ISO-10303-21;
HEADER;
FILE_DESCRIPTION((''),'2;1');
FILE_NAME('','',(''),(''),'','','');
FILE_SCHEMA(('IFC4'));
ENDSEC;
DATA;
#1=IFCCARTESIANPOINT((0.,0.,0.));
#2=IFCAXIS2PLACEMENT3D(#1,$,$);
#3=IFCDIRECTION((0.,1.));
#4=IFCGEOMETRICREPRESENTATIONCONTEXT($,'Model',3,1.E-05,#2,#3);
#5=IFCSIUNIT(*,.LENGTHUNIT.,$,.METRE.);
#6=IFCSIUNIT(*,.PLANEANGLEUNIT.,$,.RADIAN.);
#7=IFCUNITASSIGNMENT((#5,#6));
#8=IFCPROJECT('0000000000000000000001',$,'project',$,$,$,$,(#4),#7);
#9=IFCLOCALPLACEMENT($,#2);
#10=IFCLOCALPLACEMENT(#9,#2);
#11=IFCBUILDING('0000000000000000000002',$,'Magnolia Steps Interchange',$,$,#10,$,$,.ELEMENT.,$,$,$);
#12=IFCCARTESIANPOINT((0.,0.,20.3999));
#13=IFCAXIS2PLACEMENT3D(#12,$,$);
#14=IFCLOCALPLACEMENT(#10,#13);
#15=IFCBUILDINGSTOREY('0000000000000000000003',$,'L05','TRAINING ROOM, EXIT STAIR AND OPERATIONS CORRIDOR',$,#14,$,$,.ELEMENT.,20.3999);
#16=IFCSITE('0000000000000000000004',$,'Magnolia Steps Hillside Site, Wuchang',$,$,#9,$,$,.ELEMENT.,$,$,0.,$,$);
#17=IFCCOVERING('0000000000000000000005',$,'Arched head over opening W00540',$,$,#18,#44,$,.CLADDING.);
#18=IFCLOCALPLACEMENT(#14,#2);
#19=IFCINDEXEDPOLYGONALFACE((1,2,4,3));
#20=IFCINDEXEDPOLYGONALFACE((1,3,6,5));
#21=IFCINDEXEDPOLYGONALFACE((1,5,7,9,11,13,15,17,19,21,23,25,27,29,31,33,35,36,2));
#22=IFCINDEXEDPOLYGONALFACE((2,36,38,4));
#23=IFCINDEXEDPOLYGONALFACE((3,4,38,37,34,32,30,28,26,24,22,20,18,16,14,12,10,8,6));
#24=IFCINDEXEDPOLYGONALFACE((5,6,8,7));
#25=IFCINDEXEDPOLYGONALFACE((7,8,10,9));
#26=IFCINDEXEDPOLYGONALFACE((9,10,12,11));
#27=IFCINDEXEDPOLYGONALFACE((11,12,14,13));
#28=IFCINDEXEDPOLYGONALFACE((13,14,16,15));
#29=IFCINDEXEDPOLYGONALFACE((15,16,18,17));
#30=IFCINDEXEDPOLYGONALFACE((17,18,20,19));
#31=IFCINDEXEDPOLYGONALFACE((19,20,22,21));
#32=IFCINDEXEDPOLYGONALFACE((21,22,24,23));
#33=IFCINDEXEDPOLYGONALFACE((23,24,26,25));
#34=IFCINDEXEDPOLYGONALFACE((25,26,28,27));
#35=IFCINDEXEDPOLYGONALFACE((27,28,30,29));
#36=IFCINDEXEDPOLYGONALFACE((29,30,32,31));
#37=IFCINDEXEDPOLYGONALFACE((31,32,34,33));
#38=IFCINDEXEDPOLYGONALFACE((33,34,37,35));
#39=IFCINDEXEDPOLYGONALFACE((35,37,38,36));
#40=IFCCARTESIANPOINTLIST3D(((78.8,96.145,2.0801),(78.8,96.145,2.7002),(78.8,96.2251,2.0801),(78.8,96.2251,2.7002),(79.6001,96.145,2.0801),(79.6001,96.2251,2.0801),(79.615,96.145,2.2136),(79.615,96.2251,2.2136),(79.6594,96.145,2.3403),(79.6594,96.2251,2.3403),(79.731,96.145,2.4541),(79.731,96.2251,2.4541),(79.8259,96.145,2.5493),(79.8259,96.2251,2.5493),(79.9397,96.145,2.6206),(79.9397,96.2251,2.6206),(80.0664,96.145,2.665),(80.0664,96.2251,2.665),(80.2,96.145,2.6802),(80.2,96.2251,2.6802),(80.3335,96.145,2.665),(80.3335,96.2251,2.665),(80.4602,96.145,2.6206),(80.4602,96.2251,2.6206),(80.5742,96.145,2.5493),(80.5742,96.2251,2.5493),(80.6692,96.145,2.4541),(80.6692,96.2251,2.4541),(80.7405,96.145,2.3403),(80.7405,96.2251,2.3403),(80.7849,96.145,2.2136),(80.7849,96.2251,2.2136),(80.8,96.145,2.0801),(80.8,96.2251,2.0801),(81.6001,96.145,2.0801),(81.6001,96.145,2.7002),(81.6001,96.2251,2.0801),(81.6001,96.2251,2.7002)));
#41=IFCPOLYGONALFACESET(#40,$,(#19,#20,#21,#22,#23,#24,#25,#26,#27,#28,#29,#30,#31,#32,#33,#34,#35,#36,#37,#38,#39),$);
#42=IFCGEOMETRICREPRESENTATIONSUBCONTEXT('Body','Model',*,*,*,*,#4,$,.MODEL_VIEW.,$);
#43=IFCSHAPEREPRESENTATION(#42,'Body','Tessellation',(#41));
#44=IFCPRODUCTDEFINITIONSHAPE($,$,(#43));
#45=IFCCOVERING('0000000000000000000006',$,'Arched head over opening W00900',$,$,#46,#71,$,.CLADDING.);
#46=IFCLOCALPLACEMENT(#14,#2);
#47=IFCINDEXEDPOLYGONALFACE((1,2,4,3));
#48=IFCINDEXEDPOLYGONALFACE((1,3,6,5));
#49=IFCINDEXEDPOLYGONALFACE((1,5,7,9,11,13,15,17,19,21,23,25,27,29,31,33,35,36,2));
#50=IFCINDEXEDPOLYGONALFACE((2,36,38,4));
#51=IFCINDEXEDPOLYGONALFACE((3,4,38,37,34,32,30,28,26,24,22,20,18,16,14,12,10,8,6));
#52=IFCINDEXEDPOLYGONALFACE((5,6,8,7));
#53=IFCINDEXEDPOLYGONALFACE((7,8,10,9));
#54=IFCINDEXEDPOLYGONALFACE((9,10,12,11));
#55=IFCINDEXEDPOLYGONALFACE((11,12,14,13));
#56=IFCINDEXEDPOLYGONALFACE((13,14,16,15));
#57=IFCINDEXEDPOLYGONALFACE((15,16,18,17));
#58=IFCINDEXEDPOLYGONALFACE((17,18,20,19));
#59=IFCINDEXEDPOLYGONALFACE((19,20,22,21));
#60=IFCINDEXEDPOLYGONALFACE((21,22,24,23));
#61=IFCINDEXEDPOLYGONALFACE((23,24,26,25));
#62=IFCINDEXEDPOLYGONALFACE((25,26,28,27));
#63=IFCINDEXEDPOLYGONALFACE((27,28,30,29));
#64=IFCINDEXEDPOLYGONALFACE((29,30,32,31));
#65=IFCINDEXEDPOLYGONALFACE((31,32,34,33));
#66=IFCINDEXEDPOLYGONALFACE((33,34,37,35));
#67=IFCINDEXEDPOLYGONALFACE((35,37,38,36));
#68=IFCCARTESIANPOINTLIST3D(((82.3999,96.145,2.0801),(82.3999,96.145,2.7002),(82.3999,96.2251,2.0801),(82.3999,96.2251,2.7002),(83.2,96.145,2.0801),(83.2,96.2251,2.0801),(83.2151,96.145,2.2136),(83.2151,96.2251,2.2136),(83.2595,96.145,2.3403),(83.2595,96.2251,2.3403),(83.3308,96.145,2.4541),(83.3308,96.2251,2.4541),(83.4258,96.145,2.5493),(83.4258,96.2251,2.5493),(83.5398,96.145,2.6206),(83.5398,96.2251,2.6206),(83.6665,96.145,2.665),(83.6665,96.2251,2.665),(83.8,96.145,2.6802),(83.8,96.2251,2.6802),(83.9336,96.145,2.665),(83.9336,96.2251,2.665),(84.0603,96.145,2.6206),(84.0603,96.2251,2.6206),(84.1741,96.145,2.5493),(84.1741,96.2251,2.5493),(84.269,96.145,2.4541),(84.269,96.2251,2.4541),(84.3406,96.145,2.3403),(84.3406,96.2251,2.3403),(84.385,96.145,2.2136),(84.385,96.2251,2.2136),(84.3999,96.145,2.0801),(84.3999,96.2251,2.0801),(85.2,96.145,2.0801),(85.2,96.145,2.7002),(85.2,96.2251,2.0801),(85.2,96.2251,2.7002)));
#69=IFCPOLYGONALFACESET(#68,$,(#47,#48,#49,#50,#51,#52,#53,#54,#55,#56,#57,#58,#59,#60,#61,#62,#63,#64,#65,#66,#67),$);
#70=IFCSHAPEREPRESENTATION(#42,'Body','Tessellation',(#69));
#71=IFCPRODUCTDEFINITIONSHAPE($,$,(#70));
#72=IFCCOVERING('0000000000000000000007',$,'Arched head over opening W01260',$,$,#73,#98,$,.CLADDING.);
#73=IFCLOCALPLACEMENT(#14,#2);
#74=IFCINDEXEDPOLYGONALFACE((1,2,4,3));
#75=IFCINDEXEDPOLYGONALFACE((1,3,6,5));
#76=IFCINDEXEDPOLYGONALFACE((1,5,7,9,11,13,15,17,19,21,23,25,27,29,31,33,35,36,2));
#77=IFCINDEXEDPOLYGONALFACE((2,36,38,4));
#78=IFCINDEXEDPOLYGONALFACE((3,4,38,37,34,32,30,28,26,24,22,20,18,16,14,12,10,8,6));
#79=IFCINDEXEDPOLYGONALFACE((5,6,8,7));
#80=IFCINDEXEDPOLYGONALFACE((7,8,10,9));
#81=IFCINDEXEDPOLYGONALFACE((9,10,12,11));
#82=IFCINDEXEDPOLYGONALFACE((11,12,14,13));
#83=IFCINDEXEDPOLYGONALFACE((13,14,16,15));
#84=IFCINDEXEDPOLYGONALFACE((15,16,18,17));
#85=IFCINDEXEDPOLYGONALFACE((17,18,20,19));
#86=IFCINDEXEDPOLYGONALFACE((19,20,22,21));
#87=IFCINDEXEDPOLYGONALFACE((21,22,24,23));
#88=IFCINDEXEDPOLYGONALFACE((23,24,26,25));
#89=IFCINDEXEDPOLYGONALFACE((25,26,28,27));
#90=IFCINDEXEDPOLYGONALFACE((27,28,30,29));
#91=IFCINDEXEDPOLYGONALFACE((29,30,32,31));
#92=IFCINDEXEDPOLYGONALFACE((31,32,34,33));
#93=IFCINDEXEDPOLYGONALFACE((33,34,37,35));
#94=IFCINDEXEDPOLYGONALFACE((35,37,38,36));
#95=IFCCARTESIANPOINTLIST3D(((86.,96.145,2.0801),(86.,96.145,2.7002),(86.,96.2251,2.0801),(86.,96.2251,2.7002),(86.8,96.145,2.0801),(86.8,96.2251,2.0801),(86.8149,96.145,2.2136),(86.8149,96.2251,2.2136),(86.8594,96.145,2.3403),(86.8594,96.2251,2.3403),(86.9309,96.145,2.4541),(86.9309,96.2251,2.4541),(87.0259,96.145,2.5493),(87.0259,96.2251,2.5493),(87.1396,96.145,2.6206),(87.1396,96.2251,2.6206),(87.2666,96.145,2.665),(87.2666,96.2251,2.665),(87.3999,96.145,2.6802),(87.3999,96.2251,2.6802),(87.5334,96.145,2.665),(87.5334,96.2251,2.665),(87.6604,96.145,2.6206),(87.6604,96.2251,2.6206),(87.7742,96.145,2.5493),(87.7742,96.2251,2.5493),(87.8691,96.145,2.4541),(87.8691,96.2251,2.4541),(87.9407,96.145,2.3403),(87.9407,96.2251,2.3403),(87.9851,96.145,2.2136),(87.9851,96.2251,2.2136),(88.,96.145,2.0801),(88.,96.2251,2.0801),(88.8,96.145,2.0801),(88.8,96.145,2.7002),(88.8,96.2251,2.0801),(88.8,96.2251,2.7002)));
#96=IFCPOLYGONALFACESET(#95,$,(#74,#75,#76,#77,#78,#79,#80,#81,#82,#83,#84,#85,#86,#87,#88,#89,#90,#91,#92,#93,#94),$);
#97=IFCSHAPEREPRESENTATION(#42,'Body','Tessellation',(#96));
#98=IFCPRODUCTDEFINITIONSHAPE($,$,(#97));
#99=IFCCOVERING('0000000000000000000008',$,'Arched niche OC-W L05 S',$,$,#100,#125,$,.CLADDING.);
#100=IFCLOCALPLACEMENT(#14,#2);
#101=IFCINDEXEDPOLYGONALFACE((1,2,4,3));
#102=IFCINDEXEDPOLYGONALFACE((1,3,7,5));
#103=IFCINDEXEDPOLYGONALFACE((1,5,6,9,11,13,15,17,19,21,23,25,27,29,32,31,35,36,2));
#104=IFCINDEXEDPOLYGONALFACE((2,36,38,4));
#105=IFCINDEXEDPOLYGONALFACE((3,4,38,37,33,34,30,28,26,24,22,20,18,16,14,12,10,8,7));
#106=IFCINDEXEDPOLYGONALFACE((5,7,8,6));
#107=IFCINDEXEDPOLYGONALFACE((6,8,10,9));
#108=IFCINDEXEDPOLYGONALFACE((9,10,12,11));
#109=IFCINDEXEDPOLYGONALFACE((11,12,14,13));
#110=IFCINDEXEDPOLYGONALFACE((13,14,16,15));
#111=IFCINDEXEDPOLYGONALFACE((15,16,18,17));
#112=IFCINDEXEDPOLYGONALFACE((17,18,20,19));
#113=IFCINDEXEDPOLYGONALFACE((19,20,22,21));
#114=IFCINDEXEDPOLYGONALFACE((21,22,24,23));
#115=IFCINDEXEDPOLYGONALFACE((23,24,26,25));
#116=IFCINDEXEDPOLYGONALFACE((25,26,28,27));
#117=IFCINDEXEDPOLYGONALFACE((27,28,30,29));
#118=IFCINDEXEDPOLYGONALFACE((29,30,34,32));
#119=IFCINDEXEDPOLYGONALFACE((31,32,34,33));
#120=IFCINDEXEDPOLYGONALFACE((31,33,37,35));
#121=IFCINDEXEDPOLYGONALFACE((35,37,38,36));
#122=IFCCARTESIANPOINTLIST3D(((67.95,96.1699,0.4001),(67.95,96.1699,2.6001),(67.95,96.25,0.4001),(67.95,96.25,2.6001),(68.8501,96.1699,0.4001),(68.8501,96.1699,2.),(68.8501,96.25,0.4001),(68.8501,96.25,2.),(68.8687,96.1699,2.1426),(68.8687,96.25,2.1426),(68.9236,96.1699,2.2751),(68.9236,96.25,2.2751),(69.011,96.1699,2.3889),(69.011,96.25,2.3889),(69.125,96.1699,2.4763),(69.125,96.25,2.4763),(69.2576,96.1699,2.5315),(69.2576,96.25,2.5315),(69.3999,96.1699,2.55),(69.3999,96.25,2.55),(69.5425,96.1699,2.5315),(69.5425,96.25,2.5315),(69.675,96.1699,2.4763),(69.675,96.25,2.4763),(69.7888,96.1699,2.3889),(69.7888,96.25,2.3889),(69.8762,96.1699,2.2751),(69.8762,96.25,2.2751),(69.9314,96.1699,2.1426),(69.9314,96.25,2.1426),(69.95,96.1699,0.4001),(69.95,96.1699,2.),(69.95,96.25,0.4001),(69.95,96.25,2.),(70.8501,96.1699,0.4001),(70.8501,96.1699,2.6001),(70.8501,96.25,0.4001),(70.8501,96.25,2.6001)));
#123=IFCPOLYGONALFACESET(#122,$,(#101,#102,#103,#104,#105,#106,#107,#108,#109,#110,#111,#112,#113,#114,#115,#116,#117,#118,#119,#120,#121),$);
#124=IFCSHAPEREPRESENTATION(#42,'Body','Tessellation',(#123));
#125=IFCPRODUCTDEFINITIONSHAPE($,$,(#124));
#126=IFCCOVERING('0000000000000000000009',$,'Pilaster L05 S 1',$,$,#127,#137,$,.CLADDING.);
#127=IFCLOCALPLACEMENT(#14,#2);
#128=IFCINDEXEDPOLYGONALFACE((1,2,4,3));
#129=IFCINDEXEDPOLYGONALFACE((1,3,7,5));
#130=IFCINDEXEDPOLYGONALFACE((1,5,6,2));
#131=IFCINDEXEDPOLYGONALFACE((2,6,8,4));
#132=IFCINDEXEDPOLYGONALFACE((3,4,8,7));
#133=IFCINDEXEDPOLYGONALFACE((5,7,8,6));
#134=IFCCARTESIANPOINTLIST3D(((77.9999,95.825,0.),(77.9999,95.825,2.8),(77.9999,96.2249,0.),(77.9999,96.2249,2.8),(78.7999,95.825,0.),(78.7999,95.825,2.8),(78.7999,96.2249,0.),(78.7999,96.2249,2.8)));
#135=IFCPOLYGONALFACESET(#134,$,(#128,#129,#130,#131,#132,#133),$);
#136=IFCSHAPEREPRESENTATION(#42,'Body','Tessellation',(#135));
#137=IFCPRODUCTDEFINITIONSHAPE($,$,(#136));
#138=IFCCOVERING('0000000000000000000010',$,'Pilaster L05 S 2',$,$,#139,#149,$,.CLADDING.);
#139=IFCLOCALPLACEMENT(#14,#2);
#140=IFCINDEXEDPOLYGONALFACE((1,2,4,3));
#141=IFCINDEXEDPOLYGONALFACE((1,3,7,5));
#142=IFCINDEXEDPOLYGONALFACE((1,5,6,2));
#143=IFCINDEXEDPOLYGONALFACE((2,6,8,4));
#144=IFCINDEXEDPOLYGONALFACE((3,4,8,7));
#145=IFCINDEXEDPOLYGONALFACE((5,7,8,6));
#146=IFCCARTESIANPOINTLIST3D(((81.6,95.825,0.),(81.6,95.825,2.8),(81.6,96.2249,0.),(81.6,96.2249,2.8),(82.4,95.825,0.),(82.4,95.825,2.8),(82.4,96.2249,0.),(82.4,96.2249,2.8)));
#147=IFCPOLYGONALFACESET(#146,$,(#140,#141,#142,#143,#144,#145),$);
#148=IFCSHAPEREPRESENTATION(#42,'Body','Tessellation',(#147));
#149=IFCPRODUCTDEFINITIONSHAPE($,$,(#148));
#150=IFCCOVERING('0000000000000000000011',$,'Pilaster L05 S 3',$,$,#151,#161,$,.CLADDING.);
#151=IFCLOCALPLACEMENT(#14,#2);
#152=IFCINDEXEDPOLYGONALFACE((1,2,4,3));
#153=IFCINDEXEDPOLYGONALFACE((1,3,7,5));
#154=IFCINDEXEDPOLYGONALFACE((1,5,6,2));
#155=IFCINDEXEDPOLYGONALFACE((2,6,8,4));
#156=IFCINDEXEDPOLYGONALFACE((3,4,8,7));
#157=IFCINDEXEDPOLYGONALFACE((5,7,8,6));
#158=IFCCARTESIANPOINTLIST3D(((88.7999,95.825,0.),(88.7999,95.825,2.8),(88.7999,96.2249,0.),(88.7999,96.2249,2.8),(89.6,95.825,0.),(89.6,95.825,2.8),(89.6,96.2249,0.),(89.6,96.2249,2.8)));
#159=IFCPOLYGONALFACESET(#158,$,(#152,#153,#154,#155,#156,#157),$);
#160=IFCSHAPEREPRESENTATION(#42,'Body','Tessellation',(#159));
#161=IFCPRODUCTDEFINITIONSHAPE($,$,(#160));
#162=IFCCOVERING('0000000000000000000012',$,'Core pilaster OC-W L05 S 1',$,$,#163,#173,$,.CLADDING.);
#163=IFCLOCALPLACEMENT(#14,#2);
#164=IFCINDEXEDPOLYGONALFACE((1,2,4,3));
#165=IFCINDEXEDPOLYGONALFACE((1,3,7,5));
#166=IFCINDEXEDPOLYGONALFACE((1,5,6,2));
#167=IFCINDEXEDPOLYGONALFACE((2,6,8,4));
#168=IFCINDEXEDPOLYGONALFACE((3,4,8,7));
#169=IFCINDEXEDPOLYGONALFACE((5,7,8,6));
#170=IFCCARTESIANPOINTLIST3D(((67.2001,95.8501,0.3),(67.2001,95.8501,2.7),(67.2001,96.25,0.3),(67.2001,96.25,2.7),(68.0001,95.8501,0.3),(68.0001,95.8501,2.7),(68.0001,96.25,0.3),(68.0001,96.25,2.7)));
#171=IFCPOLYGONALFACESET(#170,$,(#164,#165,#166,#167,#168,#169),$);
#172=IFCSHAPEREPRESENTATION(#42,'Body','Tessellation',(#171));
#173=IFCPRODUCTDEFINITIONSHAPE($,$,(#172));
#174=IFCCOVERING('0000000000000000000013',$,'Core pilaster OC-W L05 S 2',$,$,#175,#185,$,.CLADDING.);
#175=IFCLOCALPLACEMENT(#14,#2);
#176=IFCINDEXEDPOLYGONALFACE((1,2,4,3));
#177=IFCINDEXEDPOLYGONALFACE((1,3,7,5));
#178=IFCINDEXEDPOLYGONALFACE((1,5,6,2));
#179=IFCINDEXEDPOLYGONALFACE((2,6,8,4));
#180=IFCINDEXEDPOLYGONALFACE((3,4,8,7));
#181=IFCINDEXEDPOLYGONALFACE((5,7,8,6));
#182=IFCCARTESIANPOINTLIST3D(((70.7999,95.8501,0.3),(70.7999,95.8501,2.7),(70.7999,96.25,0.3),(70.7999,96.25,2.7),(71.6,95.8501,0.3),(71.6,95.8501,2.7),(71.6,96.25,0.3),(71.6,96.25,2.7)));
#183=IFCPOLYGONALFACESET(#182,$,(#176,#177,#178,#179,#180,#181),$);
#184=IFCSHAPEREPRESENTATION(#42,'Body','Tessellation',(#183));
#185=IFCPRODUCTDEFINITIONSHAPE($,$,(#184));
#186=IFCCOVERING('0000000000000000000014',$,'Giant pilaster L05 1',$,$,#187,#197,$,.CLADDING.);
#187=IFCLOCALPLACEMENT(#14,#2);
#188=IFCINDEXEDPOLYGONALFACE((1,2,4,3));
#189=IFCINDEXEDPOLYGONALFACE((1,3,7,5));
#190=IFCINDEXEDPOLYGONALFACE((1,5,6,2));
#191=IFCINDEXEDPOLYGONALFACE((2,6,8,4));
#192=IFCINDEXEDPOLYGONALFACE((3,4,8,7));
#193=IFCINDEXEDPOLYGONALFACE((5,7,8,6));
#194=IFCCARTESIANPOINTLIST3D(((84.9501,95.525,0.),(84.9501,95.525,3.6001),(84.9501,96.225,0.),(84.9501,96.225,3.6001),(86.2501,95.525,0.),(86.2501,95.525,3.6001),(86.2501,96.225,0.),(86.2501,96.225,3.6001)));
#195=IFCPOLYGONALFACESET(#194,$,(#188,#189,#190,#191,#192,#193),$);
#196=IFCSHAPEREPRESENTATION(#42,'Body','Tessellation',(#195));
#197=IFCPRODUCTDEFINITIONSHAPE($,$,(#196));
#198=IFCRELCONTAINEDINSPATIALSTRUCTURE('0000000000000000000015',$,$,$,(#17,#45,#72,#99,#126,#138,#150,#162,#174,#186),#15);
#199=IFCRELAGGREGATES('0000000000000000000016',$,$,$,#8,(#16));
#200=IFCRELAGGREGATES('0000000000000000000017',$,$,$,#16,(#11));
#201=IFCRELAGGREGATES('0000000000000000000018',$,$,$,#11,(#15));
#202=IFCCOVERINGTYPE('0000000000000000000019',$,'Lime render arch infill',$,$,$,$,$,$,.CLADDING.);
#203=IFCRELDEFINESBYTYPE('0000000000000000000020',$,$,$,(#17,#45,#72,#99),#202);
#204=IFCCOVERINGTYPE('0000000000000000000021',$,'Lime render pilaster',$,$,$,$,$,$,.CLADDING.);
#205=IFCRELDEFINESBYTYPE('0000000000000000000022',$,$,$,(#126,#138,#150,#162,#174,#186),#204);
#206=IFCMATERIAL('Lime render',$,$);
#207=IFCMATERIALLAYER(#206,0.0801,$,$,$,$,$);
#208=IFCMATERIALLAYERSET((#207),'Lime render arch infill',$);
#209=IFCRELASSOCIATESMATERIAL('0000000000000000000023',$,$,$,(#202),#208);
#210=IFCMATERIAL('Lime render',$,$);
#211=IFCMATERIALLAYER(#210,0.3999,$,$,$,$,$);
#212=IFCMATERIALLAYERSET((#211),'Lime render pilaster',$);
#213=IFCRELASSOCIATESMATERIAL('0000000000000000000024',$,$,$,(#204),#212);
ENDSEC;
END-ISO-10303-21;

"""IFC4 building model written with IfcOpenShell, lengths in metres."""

from ifc_helpers import new_model, si_unit, direction, frame, origin, origin_2d, place, context, subcontext, project, spatial, polyline, rectangle, outline, extrude, material, layer, layer_set, type_object, element, save


model = new_model("IFC4")

# Units and contexts
model_context = context("Model", 3, precision=1e-05, world=origin(), true_north=direction((0.0, 1.0)))
body_context = subcontext(model_context, "Body", "Model", "MODEL_VIEW")
ifc_project = project(units=[si_unit("LENGTHUNIT", "METRE"), si_unit("PLANEANGLEUNIT", "RADIAN")], contexts=[model_context])

# Site, building, storey
site_placement = place(None, origin())
site = spatial("IfcSite", under=ifc_project, at=site_placement, Name="Magnolia Steps Hillside Site, Wuchang", CompositionType="ELEMENT", RefElevation=0.0)
building_placement = place(site_placement, origin())
building = spatial("IfcBuilding", under=site, at=building_placement, Name="Magnolia Steps Interchange", CompositionType="ELEMENT")
storey_placement = place(building_placement, frame((0.0, 0.0, 20.3999)))
storey = spatial("IfcBuildingStorey", under=building, at=storey_placement, Name="L05", Description="TRAINING ROOM, EXIT STAIR AND OPERATIONS CORRIDOR", CompositionType="ELEMENT", Elevation=20.3999)

# Coverings
ifc_material_1 = material(Name="Lime render")
ifc_layer_1 = layer(ifc_material_1, 0.0801)
ifc_layer_set_1 = layer_set([ifc_layer_1], Name="Lime render arch infill")
covering_type_1 = type_object("IfcCoveringType", Name="Lime render arch infill", PredefinedType="CLADDING", material=ifc_layer_set_1)
covering_1_placement = place(storey_placement, frame((78.8, 96.2251, 2.0801), z_axis=(0.0, 1.0, 0.0), x_axis=(0.0, 0.0, 1.0)))
element("IfcCovering", 1, at=covering_1_placement, inside=storey, type_object=covering_type_1, Name="Arched head over opening W00540", PredefinedType="CLADDING", context=body_context, shape_type="SweptSolid", body=[
    extrude(outline(polyline([(0.0, 0.0), (0.6201, 0.0), (0.6201, 2.8), (0.0, 2.8), (0.0, 2.0), (0.1335, 1.9849), (0.2603, 1.9404), (0.374, 1.8691), (0.4692, 1.7742), (0.5405, 1.6602), (0.585, 1.5334), (0.6001, 1.3999), (0.585, 1.2664), (0.5405, 1.1396), (0.4692, 1.0259), (0.374, 0.9309), (0.2603, 0.8594), (0.1335, 0.8149), (0.0, 0.8), (0.0, 0.0)])), origin(), (0.0, 0.0, -1.0), 0.0801),
])
covering_2_placement = place(storey_placement, frame((82.3999, 96.2251, 2.0801), z_axis=(0.0, 1.0, 0.0), x_axis=(0.0, 0.0, 1.0)))
element("IfcCovering", 2, at=covering_2_placement, inside=storey, type_object=covering_type_1, Name="Arched head over opening W00900", PredefinedType="CLADDING", context=body_context, shape_type="SweptSolid", body=[
    extrude(outline(polyline([(0.0, 0.0), (0.6201, 0.0), (0.6201, 2.8), (0.0, 2.8), (0.0, 2.0), (0.1335, 1.9851), (0.2603, 1.9407), (0.374, 1.8691), (0.4692, 1.7742), (0.5405, 1.6604), (0.585, 1.5337), (0.6001, 1.4001), (0.585, 1.2666), (0.5405, 1.1399), (0.4692, 1.0259), (0.374, 0.9309), (0.2603, 0.8596), (0.1335, 0.8152), (0.0, 0.8), (0.0, 0.0)])), origin(), (0.0, 0.0, -1.0), 0.0801),
])
covering_3_placement = place(storey_placement, frame((86.0, 96.2251, 2.0801), z_axis=(0.0, 1.0, 0.0), x_axis=(0.0, 0.0, 1.0)))
element("IfcCovering", 3, at=covering_3_placement, inside=storey, type_object=covering_type_1, Name="Arched head over opening W01260", PredefinedType="CLADDING", context=body_context, shape_type="SweptSolid", body=[
    extrude(outline(polyline([(0.0, 0.0), (0.6201, 0.0), (0.6201, 2.8), (0.0, 2.8), (0.0, 2.0), (0.1335, 1.9851), (0.2603, 1.9407), (0.374, 1.8691), (0.4692, 1.7742), (0.5405, 1.6604), (0.585, 1.5334), (0.6001, 1.3999), (0.585, 1.2666), (0.5405, 1.1396), (0.4692, 1.0259), (0.374, 0.9309), (0.2603, 0.8594), (0.1335, 0.8149), (0.0, 0.8), (0.0, 0.0)])), origin(), (0.0, 0.0, -1.0), 0.0801),
])
covering_4_placement = place(storey_placement, frame((67.95, 96.25, 0.4001), z_axis=(0.0, 1.0, 0.0), x_axis=(0.0, 0.0, 1.0)))
element("IfcCovering", 4, at=covering_4_placement, inside=storey, type_object=covering_type_1, Name="Arched niche OC-W L05 S", PredefinedType="CLADDING", context=body_context, shape_type="SweptSolid", body=[
    extrude(outline(polyline([(0.0, 0.0), (2.2, 0.0), (2.2, 2.9001), (0.0, 2.9001), (0.0, 2.0), (1.5999, 2.0), (1.7424, 1.9814), (1.875, 1.9263), (1.9888, 1.8389), (2.0762, 1.7251), (2.1313, 1.5925), (2.1499, 1.45), (2.1313, 1.3076), (2.0762, 1.175), (1.9888, 1.061), (1.875, 0.9736), (1.7424, 0.9187), (1.5999, 0.9001), (0.0, 0.9001), (0.0, 0.0)])), origin(), (0.0, 0.0, -1.0), 0.0801),
])
ifc_material_2 = material(Name="Lime render")
ifc_layer_2 = layer(ifc_material_2, 0.3999)
ifc_layer_set_2 = layer_set([ifc_layer_2], Name="Lime render pilaster")
covering_type_2 = type_object("IfcCoveringType", Name="Lime render pilaster", PredefinedType="CLADDING", material=ifc_layer_set_2)
for number, where, z_axis, x_axis, name in (
    (5, (78.3999, 96.0249, 0.0), (0.0, 0.0, 1.0), (1.0, 0.0, 0.0), "Pilaster L05 S 1"),
    (6, (82.0, 96.0249, 0.0), (0.0, 0.0, 1.0), (1.0, 0.0, 0.0), "Pilaster L05 S 2"),
    (7, (89.2, 96.0249, 0.0), (0.0, 0.0, 1.0), (1.0, 0.0, 0.0), "Pilaster L05 S 3"),
):
    element("IfcCovering", number, at=place(storey_placement, frame(where, z_axis=z_axis, x_axis=x_axis)), inside=storey, type_object=covering_type_2, Name=name, PredefinedType="CLADDING", context=body_context, shape_type="SweptSolid", body=[
        extrude(rectangle(XDim=0.8, YDim=0.3999, at=origin_2d()), origin(), (0.0, 0.0, 1.0), 2.8),
    ])
for number, where, z_axis, x_axis, name in (
    (8, (67.6001, 96.05, 0.3), (0.0, 0.0, 1.0), (1.0, 0.0, 0.0), "Core pilaster OC-W L05 S 1"),
    (9, (71.2, 96.05, 0.3), (0.0, 0.0, 1.0), (1.0, 0.0, 0.0), "Core pilaster OC-W L05 S 2"),
):
    element("IfcCovering", number, at=place(storey_placement, frame(where, z_axis=z_axis, x_axis=x_axis)), inside=storey, type_object=covering_type_2, Name=name, PredefinedType="CLADDING", context=body_context, shape_type="SweptSolid", body=[
        extrude(rectangle(XDim=0.8, YDim=0.3999, at=origin_2d()), origin(), (0.0, 0.0, 1.0), 2.3999),
    ])
covering_5_placement = place(storey_placement, frame((85.6001, 95.875, 0.0), z_axis=(0.0, 0.0, 1.0), x_axis=(1.0, 0.0, 0.0)))
element("IfcCovering", 10, at=covering_5_placement, inside=storey, type_object=covering_type_2, Name="Giant pilaster L05 1", PredefinedType="CLADDING", context=body_context, shape_type="SweptSolid", body=[
    extrude(rectangle(XDim=1.3, YDim=0.7, at=origin_2d()), origin(), (0.0, 0.0, 1.0), 3.6001),
])

save(model, "model.ifc")
